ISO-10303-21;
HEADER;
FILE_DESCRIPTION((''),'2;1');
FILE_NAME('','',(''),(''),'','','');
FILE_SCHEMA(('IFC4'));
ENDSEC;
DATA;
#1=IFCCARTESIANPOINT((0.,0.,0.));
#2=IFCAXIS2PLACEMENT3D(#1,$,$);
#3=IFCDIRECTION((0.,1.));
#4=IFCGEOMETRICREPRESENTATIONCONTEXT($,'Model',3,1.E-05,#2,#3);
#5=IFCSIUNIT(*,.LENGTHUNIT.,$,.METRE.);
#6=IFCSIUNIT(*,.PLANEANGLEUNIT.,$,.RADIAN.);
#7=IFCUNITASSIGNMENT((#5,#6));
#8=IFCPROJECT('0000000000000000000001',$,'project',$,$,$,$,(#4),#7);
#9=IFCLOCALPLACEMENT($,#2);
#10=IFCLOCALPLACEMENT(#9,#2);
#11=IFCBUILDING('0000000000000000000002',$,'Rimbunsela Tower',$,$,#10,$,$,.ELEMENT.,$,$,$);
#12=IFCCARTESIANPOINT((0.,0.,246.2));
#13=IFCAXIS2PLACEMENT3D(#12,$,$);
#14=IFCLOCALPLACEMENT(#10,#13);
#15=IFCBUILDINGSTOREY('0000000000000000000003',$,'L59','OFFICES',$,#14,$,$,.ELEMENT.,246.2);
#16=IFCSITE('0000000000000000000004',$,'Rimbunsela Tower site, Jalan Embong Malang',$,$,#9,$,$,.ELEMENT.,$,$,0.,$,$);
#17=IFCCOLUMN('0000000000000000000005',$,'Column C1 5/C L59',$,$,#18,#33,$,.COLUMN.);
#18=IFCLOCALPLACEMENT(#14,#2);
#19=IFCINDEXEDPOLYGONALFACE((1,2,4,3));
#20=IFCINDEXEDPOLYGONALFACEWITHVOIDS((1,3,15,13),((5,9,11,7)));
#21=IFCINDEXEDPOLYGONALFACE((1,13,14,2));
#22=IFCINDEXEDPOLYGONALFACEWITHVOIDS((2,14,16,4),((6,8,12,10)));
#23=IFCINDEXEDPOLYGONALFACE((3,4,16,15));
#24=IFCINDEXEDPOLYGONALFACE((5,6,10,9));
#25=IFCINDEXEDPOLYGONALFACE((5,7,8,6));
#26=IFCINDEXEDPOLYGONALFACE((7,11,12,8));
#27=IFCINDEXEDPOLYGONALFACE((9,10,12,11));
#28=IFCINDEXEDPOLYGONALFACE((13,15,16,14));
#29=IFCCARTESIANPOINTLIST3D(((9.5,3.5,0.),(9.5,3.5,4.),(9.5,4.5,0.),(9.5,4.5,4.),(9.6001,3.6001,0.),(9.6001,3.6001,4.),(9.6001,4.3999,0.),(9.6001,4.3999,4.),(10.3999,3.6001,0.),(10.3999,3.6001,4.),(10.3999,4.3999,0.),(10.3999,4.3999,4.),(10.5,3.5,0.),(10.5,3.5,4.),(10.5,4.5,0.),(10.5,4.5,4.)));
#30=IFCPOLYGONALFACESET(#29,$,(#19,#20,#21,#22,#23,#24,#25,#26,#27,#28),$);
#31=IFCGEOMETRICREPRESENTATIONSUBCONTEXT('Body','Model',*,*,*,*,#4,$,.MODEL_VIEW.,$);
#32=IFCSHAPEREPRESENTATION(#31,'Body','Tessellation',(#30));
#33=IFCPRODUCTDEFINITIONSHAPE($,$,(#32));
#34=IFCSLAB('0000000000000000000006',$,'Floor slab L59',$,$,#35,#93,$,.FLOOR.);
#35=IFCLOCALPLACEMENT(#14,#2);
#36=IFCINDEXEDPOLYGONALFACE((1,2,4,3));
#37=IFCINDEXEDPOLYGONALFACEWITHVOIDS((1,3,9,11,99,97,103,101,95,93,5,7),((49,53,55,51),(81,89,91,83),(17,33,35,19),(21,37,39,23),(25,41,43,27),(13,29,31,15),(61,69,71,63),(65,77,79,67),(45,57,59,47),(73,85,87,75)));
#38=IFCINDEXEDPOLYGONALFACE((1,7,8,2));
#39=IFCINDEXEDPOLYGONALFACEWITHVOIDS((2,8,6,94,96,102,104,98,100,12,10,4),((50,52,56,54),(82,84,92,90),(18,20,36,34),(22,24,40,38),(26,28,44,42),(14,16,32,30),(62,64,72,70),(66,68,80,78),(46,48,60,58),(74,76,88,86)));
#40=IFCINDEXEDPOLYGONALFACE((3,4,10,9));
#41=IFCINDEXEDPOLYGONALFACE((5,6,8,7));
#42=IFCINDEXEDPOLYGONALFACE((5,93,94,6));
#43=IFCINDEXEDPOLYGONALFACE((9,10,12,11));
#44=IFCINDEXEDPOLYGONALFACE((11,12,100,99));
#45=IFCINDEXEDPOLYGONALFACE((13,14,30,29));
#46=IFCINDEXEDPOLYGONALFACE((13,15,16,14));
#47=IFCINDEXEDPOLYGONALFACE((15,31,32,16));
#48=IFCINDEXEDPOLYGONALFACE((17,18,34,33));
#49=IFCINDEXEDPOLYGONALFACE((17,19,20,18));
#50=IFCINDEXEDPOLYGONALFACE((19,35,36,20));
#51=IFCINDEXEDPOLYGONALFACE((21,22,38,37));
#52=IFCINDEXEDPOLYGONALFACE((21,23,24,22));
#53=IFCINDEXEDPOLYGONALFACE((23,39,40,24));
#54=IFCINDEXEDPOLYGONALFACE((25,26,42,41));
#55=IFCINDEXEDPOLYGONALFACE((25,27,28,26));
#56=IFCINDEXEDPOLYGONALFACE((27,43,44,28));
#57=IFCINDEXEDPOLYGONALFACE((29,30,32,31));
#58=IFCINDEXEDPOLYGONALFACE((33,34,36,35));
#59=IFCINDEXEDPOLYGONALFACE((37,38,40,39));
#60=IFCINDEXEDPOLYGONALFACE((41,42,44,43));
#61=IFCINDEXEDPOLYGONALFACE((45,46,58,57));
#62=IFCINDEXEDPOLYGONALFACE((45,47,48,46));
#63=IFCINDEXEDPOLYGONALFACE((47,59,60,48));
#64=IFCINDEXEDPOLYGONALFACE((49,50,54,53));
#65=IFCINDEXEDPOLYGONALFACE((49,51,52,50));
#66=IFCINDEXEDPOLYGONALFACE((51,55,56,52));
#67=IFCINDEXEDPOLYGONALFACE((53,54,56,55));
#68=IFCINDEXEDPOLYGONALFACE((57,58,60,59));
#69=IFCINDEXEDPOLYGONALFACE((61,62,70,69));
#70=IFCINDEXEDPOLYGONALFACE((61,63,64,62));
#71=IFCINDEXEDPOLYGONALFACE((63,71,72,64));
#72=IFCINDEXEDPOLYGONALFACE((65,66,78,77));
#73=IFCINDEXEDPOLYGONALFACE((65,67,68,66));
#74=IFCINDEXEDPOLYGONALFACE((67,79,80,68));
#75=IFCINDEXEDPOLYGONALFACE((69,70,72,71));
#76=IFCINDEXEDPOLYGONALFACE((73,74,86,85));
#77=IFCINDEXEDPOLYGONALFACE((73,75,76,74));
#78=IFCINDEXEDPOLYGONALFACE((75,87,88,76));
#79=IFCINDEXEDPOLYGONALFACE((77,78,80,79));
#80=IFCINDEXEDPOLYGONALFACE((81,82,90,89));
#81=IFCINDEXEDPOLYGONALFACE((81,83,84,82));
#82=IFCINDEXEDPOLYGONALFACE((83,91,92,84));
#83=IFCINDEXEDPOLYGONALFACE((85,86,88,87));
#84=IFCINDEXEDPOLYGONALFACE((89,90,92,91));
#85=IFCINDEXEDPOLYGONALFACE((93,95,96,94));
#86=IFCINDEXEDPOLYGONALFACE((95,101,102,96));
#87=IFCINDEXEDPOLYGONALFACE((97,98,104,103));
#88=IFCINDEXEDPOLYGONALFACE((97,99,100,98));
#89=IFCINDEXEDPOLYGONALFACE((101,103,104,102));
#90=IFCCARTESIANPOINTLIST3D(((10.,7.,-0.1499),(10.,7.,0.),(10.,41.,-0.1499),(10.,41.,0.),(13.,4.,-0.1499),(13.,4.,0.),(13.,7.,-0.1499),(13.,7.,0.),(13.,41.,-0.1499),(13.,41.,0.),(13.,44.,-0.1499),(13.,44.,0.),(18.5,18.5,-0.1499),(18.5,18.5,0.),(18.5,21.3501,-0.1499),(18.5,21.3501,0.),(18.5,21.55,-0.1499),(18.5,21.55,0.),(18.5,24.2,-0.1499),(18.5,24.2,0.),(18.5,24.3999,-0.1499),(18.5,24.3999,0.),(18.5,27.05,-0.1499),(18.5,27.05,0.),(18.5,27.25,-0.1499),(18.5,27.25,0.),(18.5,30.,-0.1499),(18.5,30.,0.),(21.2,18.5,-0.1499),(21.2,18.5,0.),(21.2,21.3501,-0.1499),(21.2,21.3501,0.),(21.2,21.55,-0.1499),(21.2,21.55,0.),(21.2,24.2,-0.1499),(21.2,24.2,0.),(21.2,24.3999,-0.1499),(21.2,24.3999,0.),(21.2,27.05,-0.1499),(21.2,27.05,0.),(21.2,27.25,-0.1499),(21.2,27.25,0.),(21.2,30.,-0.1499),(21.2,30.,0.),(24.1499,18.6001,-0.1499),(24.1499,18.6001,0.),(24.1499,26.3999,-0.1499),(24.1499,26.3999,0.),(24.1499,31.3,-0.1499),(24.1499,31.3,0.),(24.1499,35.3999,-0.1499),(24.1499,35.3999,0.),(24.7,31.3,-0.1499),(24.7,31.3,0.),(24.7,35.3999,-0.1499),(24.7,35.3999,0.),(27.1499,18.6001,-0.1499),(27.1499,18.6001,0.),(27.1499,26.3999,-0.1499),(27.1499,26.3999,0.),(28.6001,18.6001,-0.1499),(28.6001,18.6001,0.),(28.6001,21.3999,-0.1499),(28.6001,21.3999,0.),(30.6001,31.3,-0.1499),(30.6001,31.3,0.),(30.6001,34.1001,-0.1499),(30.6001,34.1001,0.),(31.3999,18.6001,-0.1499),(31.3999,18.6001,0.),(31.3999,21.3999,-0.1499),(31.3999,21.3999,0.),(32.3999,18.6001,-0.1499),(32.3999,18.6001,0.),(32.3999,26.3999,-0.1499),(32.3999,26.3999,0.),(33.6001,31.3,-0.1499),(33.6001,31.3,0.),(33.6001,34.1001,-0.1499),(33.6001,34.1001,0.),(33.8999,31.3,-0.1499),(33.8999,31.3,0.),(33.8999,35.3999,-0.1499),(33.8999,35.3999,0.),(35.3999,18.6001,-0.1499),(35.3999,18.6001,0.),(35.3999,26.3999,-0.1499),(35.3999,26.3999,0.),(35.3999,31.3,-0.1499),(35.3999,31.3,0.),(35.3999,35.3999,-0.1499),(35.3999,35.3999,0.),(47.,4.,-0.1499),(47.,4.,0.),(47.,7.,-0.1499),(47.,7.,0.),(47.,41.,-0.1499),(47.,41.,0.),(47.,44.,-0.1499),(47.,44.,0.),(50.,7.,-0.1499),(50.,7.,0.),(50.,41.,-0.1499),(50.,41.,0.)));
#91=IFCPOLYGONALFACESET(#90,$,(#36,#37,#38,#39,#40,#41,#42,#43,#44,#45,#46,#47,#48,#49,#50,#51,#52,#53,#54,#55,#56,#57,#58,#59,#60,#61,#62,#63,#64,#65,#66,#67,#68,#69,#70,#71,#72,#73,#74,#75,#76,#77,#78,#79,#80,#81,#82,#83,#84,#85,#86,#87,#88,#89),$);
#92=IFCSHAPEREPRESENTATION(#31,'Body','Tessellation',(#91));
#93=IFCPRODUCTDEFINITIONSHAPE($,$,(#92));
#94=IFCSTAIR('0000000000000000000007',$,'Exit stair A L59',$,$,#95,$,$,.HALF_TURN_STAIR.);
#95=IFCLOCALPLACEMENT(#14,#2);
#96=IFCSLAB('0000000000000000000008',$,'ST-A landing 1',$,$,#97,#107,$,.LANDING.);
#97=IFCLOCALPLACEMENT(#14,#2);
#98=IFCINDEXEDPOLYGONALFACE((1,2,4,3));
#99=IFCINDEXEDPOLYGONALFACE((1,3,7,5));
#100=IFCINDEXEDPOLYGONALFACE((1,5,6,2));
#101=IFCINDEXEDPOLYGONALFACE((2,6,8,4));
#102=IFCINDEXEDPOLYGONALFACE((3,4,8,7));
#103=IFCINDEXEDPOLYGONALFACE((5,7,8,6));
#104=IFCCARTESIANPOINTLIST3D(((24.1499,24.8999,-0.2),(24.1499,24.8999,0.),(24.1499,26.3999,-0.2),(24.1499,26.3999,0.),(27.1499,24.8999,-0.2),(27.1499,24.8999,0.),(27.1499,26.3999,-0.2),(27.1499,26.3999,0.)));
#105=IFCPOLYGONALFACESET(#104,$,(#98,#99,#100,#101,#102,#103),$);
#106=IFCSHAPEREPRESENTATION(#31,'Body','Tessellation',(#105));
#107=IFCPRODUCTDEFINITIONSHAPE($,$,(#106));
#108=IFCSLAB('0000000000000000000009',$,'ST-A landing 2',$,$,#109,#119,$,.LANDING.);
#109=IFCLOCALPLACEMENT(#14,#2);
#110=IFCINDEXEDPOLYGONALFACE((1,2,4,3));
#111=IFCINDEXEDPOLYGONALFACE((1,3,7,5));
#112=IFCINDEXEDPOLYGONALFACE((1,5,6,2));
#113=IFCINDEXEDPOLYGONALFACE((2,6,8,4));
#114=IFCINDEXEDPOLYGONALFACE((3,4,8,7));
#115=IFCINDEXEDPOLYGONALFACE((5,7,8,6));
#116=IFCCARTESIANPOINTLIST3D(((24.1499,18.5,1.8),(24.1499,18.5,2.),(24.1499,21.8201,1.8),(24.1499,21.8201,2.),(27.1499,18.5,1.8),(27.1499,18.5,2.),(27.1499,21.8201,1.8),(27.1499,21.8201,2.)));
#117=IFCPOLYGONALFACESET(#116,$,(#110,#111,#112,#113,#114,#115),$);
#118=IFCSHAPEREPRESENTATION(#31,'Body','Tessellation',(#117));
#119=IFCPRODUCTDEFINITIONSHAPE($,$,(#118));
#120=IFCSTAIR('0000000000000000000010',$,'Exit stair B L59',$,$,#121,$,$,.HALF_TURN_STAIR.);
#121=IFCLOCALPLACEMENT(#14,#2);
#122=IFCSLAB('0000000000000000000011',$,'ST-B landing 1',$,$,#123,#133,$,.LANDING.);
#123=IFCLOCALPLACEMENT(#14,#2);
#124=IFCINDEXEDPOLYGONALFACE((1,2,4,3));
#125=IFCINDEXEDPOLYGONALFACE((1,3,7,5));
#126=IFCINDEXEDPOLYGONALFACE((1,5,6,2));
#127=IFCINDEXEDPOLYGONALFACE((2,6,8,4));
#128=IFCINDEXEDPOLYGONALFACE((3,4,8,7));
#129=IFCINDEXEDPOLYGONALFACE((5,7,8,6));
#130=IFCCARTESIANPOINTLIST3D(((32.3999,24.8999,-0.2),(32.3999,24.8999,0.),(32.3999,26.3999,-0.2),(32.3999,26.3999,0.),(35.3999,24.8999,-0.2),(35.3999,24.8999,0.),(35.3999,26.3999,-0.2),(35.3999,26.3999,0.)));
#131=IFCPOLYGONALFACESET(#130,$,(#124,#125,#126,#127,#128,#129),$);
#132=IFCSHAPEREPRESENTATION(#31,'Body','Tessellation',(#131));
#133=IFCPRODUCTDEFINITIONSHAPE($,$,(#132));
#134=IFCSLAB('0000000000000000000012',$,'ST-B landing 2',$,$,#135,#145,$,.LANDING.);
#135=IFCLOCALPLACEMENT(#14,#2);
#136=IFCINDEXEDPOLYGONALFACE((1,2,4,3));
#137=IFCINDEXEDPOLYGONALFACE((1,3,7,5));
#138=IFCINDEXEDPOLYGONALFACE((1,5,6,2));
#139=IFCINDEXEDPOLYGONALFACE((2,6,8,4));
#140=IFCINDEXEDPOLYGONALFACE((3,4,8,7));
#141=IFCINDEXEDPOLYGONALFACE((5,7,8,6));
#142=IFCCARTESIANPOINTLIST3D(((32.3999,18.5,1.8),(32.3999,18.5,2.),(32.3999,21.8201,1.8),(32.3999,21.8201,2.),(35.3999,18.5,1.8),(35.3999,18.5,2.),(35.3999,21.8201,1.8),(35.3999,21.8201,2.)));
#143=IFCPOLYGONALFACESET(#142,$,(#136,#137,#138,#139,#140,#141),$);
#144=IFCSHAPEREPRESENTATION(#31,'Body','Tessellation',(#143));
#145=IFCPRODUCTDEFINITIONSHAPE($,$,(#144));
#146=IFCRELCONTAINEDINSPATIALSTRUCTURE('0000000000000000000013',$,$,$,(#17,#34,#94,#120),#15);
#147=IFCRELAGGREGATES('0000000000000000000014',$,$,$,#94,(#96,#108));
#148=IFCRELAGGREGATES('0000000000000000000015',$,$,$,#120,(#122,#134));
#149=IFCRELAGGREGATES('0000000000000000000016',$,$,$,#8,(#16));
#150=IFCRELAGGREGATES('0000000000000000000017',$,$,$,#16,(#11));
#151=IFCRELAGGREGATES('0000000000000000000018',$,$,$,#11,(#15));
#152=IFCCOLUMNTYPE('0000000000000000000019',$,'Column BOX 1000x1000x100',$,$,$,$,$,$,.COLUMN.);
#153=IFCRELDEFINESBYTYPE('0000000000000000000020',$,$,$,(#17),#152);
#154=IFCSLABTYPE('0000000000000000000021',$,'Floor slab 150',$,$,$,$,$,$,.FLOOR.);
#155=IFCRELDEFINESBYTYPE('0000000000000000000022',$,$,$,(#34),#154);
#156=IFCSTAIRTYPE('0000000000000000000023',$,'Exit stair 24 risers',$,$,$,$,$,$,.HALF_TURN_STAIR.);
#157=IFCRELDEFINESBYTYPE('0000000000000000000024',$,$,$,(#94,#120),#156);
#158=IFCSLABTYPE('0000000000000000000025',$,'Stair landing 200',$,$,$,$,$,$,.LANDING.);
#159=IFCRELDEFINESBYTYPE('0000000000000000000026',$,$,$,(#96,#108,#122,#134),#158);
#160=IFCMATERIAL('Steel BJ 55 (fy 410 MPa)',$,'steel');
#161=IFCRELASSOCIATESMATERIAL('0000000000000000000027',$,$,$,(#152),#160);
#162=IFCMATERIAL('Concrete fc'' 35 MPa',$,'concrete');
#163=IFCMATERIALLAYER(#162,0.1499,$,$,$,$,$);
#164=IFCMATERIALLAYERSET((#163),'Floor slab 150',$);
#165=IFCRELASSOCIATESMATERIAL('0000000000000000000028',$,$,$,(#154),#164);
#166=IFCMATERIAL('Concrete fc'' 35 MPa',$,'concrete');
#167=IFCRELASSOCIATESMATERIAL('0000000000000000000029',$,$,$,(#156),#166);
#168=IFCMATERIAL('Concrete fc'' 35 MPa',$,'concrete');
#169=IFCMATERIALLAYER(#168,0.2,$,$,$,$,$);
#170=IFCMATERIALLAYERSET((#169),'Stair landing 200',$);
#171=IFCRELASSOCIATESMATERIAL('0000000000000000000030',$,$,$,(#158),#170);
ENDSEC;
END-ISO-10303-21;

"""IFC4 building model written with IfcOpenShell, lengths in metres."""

from ifc_helpers import new_model, si_unit, direction, frame, origin, origin_2d, place, context, subcontext, project, spatial, polyline, hollow_rectangle, outline, extrude, material, layer, layer_set, material_profile, profile_set, type_object, element, aggregate, save


model = new_model("IFC4")

# Units and contexts
model_context = context("Model", 3, precision=1e-05, world=origin(), true_north=direction((0.0, 1.0)))
body_context = subcontext(model_context, "Body", "Model", "MODEL_VIEW")
ifc_project = project(units=[si_unit("LENGTHUNIT", "METRE"), si_unit("PLANEANGLEUNIT", "RADIAN")], contexts=[model_context])

# Site, building, storey
site_placement = place(None, origin())
site = spatial("IfcSite", under=ifc_project, at=site_placement, Name="Rimbunsela Tower site, Jalan Embong Malang", CompositionType="ELEMENT", RefElevation=0.0)
building_placement = place(site_placement, origin())
building = spatial("IfcBuilding", under=site, at=building_placement, Name="Rimbunsela Tower", CompositionType="ELEMENT")
storey_placement = place(building_placement, frame((0.0, 0.0, 246.2)))
storey = spatial("IfcBuildingStorey", under=building, at=storey_placement, Name="L59", Description="OFFICES", CompositionType="ELEMENT", Elevation=246.2)

# Column
ifc_material_1 = material(Name="Steel BJ 55 (fy 410 MPa)", Category="steel")
ifc_material_profile = material_profile(ifc_material_1, hollow_rectangle(XDim=1.0, YDim=1.0, WallThickness=0.1001, at=origin_2d()), Name="BOX 1000x1000x100")
ifc_profile_set = profile_set([ifc_material_profile], Name="Steel BJ 55 (fy 410 MPa)")
column_type = type_object("IfcColumnType", Name="Column BOX 1000x1000x100", PredefinedType="COLUMN", material=ifc_profile_set)
column_placement = place(storey_placement, frame((10.0, 4.0, 0.0), z_axis=(0.0, 0.0, 1.0), x_axis=(1.0, 0.0, 0.0)))
element("IfcColumn", 1, at=column_placement, inside=storey, type_object=column_type, Name="Column C1 5/C L59", PredefinedType="COLUMN", context=body_context, shape_type="SweptSolid", body=[
    extrude(hollow_rectangle(XDim=1.0, YDim=1.0, WallThickness=0.1001, at=origin_2d()), origin(), (0.0, 0.0, 1.0), 4.0),
])

# Slab
ifc_material_2 = material(Name="Concrete fc' 35 MPa", Category="concrete")
ifc_layer_1 = layer(ifc_material_2, 0.1499)
ifc_layer_set_1 = layer_set([ifc_layer_1], Name="Floor slab 150")
slab_type_1 = type_object("IfcSlabType", Name="Floor slab 150", PredefinedType="FLOOR", material=ifc_layer_set_1)
slab_1_placement = place(storey_placement, frame((0.0, 0.0, -0.1499)))
element("IfcSlab", 2, at=slab_1_placement, inside=storey, type_object=slab_type_1, Name="Floor slab L59", PredefinedType="FLOOR", context=body_context, shape_type="SweptSolid", body=[
    extrude(outline(polyline([(13.0, 4.0), (47.0, 4.0), (47.0, 7.0), (50.0, 7.0), (50.0, 41.0), (47.0, 41.0), (47.0, 44.0), (13.0, 44.0), (13.0, 41.0), (10.0, 41.0), (10.0, 7.0), (13.0, 7.0), (13.0, 4.0)]), holes=[polyline([(21.2, 21.3501), (18.5, 21.3501), (18.5, 18.5), (21.2, 18.5), (21.2, 21.3501)]), polyline([(21.2, 21.55), (21.2, 24.2), (18.5, 24.2), (18.5, 21.55), (21.2, 21.55)]), polyline([(21.2, 27.05), (18.5, 27.05), (18.5, 24.3999), (21.2, 24.3999), (21.2, 27.05)]), polyline([(21.2, 30.0), (18.5, 30.0), (18.5, 27.25), (21.2, 27.25), (21.2, 30.0)]), polyline([(27.1499, 26.3999), (24.1499, 26.3999), (24.1499, 18.6001), (27.1499, 18.6001), (27.1499, 26.3999)]), polyline([(24.7, 31.3), (24.7, 35.3999), (24.1499, 35.3999), (24.1499, 31.3), (24.7, 31.3)]), polyline([(31.3999, 21.3999), (28.6001, 21.3999), (28.6001, 18.6001), (31.3999, 18.6001), (31.3999, 21.3999)]), polyline([(33.6001, 34.1001), (30.6001, 34.1001), (30.6001, 31.3), (33.6001, 31.3), (33.6001, 34.1001)]), polyline([(35.3999, 18.6001), (35.3999, 26.3999), (32.3999, 26.3999), (32.3999, 18.6001), (35.3999, 18.6001)]), polyline([(35.3999, 31.3), (35.3999, 35.3999), (33.8999, 35.3999), (33.8999, 31.3), (35.3999, 31.3)])]), origin(), (0.0, 0.0, 1.0), 0.1499),
])

# Stairs, slabs
ifc_material_3 = material(Name="Concrete fc' 35 MPa", Category="concrete")
stair_type = type_object("IfcStairType", Name="Exit stair 24 risers", PredefinedType="HALF_TURN_STAIR", material=ifc_material_3)
stair_1_placement = place(storey_placement, origin())
stair_1 = element("IfcStair", 3, at=stair_1_placement, inside=storey, type_object=stair_type, Name="Exit stair A L59", PredefinedType="HALF_TURN_STAIR")
ifc_material_4 = material(Name="Concrete fc' 35 MPa", Category="concrete")
ifc_layer_2 = layer(ifc_material_4, 0.2)
ifc_layer_set_2 = layer_set([ifc_layer_2], Name="Stair landing 200")
slab_type_2 = type_object("IfcSlabType", Name="Stair landing 200", PredefinedType="LANDING", material=ifc_layer_set_2)
slab_2_placement = place(storey_placement, frame((0.0, 0.0, -0.2)))
slab_2 = element("IfcSlab", 4, at=slab_2_placement, type_object=slab_type_2, Name="ST-A landing 1", PredefinedType="LANDING", context=body_context, shape_type="SweptSolid", body=[
    extrude(outline(polyline([(24.1499, 24.8999), (27.1499, 24.8999), (27.1499, 26.3999), (24.1499, 26.3999), (24.1499, 24.8999)])), origin(), (0.0, 0.0, 1.0), 0.2),
])
slab_3_placement = place(storey_placement, frame((0.0, 0.0, 1.8)))
slab_3 = element("IfcSlab", 5, at=slab_3_placement, type_object=slab_type_2, Name="ST-A landing 2", PredefinedType="LANDING", context=body_context, shape_type="SweptSolid", body=[
    extrude(outline(polyline([(24.1499, 18.5), (27.1499, 18.5), (27.1499, 21.8201), (24.1499, 21.8201), (24.1499, 18.5)])), origin(), (0.0, 0.0, 1.0), 0.2),
])
aggregate(stair_1, [slab_2, slab_3])
stair_2_placement = place(storey_placement, origin())
stair_2 = element("IfcStair", 6, at=stair_2_placement, inside=storey, type_object=stair_type, Name="Exit stair B L59", PredefinedType="HALF_TURN_STAIR")
slab_4_placement = place(storey_placement, frame((0.0, 0.0, -0.2)))
slab_4 = element("IfcSlab", 7, at=slab_4_placement, type_object=slab_type_2, Name="ST-B landing 1", PredefinedType="LANDING", context=body_context, shape_type="SweptSolid", body=[
    extrude(outline(polyline([(32.3999, 24.8999), (35.3999, 24.8999), (35.3999, 26.3999), (32.3999, 26.3999), (32.3999, 24.8999)])), origin(), (0.0, 0.0, 1.0), 0.2),
])
slab_5_placement = place(storey_placement, frame((0.0, 0.0, 1.8)))
slab_5 = element("IfcSlab", 8, at=slab_5_placement, type_object=slab_type_2, Name="ST-B landing 2", PredefinedType="LANDING", context=body_context, shape_type="SweptSolid", body=[
    extrude(outline(polyline([(32.3999, 18.5), (35.3999, 18.5), (35.3999, 21.8201), (32.3999, 21.8201), (32.3999, 18.5)])), origin(), (0.0, 0.0, 1.0), 0.2),
])
aggregate(stair_2, [slab_4, slab_5])

save(model, "model.ifc")
